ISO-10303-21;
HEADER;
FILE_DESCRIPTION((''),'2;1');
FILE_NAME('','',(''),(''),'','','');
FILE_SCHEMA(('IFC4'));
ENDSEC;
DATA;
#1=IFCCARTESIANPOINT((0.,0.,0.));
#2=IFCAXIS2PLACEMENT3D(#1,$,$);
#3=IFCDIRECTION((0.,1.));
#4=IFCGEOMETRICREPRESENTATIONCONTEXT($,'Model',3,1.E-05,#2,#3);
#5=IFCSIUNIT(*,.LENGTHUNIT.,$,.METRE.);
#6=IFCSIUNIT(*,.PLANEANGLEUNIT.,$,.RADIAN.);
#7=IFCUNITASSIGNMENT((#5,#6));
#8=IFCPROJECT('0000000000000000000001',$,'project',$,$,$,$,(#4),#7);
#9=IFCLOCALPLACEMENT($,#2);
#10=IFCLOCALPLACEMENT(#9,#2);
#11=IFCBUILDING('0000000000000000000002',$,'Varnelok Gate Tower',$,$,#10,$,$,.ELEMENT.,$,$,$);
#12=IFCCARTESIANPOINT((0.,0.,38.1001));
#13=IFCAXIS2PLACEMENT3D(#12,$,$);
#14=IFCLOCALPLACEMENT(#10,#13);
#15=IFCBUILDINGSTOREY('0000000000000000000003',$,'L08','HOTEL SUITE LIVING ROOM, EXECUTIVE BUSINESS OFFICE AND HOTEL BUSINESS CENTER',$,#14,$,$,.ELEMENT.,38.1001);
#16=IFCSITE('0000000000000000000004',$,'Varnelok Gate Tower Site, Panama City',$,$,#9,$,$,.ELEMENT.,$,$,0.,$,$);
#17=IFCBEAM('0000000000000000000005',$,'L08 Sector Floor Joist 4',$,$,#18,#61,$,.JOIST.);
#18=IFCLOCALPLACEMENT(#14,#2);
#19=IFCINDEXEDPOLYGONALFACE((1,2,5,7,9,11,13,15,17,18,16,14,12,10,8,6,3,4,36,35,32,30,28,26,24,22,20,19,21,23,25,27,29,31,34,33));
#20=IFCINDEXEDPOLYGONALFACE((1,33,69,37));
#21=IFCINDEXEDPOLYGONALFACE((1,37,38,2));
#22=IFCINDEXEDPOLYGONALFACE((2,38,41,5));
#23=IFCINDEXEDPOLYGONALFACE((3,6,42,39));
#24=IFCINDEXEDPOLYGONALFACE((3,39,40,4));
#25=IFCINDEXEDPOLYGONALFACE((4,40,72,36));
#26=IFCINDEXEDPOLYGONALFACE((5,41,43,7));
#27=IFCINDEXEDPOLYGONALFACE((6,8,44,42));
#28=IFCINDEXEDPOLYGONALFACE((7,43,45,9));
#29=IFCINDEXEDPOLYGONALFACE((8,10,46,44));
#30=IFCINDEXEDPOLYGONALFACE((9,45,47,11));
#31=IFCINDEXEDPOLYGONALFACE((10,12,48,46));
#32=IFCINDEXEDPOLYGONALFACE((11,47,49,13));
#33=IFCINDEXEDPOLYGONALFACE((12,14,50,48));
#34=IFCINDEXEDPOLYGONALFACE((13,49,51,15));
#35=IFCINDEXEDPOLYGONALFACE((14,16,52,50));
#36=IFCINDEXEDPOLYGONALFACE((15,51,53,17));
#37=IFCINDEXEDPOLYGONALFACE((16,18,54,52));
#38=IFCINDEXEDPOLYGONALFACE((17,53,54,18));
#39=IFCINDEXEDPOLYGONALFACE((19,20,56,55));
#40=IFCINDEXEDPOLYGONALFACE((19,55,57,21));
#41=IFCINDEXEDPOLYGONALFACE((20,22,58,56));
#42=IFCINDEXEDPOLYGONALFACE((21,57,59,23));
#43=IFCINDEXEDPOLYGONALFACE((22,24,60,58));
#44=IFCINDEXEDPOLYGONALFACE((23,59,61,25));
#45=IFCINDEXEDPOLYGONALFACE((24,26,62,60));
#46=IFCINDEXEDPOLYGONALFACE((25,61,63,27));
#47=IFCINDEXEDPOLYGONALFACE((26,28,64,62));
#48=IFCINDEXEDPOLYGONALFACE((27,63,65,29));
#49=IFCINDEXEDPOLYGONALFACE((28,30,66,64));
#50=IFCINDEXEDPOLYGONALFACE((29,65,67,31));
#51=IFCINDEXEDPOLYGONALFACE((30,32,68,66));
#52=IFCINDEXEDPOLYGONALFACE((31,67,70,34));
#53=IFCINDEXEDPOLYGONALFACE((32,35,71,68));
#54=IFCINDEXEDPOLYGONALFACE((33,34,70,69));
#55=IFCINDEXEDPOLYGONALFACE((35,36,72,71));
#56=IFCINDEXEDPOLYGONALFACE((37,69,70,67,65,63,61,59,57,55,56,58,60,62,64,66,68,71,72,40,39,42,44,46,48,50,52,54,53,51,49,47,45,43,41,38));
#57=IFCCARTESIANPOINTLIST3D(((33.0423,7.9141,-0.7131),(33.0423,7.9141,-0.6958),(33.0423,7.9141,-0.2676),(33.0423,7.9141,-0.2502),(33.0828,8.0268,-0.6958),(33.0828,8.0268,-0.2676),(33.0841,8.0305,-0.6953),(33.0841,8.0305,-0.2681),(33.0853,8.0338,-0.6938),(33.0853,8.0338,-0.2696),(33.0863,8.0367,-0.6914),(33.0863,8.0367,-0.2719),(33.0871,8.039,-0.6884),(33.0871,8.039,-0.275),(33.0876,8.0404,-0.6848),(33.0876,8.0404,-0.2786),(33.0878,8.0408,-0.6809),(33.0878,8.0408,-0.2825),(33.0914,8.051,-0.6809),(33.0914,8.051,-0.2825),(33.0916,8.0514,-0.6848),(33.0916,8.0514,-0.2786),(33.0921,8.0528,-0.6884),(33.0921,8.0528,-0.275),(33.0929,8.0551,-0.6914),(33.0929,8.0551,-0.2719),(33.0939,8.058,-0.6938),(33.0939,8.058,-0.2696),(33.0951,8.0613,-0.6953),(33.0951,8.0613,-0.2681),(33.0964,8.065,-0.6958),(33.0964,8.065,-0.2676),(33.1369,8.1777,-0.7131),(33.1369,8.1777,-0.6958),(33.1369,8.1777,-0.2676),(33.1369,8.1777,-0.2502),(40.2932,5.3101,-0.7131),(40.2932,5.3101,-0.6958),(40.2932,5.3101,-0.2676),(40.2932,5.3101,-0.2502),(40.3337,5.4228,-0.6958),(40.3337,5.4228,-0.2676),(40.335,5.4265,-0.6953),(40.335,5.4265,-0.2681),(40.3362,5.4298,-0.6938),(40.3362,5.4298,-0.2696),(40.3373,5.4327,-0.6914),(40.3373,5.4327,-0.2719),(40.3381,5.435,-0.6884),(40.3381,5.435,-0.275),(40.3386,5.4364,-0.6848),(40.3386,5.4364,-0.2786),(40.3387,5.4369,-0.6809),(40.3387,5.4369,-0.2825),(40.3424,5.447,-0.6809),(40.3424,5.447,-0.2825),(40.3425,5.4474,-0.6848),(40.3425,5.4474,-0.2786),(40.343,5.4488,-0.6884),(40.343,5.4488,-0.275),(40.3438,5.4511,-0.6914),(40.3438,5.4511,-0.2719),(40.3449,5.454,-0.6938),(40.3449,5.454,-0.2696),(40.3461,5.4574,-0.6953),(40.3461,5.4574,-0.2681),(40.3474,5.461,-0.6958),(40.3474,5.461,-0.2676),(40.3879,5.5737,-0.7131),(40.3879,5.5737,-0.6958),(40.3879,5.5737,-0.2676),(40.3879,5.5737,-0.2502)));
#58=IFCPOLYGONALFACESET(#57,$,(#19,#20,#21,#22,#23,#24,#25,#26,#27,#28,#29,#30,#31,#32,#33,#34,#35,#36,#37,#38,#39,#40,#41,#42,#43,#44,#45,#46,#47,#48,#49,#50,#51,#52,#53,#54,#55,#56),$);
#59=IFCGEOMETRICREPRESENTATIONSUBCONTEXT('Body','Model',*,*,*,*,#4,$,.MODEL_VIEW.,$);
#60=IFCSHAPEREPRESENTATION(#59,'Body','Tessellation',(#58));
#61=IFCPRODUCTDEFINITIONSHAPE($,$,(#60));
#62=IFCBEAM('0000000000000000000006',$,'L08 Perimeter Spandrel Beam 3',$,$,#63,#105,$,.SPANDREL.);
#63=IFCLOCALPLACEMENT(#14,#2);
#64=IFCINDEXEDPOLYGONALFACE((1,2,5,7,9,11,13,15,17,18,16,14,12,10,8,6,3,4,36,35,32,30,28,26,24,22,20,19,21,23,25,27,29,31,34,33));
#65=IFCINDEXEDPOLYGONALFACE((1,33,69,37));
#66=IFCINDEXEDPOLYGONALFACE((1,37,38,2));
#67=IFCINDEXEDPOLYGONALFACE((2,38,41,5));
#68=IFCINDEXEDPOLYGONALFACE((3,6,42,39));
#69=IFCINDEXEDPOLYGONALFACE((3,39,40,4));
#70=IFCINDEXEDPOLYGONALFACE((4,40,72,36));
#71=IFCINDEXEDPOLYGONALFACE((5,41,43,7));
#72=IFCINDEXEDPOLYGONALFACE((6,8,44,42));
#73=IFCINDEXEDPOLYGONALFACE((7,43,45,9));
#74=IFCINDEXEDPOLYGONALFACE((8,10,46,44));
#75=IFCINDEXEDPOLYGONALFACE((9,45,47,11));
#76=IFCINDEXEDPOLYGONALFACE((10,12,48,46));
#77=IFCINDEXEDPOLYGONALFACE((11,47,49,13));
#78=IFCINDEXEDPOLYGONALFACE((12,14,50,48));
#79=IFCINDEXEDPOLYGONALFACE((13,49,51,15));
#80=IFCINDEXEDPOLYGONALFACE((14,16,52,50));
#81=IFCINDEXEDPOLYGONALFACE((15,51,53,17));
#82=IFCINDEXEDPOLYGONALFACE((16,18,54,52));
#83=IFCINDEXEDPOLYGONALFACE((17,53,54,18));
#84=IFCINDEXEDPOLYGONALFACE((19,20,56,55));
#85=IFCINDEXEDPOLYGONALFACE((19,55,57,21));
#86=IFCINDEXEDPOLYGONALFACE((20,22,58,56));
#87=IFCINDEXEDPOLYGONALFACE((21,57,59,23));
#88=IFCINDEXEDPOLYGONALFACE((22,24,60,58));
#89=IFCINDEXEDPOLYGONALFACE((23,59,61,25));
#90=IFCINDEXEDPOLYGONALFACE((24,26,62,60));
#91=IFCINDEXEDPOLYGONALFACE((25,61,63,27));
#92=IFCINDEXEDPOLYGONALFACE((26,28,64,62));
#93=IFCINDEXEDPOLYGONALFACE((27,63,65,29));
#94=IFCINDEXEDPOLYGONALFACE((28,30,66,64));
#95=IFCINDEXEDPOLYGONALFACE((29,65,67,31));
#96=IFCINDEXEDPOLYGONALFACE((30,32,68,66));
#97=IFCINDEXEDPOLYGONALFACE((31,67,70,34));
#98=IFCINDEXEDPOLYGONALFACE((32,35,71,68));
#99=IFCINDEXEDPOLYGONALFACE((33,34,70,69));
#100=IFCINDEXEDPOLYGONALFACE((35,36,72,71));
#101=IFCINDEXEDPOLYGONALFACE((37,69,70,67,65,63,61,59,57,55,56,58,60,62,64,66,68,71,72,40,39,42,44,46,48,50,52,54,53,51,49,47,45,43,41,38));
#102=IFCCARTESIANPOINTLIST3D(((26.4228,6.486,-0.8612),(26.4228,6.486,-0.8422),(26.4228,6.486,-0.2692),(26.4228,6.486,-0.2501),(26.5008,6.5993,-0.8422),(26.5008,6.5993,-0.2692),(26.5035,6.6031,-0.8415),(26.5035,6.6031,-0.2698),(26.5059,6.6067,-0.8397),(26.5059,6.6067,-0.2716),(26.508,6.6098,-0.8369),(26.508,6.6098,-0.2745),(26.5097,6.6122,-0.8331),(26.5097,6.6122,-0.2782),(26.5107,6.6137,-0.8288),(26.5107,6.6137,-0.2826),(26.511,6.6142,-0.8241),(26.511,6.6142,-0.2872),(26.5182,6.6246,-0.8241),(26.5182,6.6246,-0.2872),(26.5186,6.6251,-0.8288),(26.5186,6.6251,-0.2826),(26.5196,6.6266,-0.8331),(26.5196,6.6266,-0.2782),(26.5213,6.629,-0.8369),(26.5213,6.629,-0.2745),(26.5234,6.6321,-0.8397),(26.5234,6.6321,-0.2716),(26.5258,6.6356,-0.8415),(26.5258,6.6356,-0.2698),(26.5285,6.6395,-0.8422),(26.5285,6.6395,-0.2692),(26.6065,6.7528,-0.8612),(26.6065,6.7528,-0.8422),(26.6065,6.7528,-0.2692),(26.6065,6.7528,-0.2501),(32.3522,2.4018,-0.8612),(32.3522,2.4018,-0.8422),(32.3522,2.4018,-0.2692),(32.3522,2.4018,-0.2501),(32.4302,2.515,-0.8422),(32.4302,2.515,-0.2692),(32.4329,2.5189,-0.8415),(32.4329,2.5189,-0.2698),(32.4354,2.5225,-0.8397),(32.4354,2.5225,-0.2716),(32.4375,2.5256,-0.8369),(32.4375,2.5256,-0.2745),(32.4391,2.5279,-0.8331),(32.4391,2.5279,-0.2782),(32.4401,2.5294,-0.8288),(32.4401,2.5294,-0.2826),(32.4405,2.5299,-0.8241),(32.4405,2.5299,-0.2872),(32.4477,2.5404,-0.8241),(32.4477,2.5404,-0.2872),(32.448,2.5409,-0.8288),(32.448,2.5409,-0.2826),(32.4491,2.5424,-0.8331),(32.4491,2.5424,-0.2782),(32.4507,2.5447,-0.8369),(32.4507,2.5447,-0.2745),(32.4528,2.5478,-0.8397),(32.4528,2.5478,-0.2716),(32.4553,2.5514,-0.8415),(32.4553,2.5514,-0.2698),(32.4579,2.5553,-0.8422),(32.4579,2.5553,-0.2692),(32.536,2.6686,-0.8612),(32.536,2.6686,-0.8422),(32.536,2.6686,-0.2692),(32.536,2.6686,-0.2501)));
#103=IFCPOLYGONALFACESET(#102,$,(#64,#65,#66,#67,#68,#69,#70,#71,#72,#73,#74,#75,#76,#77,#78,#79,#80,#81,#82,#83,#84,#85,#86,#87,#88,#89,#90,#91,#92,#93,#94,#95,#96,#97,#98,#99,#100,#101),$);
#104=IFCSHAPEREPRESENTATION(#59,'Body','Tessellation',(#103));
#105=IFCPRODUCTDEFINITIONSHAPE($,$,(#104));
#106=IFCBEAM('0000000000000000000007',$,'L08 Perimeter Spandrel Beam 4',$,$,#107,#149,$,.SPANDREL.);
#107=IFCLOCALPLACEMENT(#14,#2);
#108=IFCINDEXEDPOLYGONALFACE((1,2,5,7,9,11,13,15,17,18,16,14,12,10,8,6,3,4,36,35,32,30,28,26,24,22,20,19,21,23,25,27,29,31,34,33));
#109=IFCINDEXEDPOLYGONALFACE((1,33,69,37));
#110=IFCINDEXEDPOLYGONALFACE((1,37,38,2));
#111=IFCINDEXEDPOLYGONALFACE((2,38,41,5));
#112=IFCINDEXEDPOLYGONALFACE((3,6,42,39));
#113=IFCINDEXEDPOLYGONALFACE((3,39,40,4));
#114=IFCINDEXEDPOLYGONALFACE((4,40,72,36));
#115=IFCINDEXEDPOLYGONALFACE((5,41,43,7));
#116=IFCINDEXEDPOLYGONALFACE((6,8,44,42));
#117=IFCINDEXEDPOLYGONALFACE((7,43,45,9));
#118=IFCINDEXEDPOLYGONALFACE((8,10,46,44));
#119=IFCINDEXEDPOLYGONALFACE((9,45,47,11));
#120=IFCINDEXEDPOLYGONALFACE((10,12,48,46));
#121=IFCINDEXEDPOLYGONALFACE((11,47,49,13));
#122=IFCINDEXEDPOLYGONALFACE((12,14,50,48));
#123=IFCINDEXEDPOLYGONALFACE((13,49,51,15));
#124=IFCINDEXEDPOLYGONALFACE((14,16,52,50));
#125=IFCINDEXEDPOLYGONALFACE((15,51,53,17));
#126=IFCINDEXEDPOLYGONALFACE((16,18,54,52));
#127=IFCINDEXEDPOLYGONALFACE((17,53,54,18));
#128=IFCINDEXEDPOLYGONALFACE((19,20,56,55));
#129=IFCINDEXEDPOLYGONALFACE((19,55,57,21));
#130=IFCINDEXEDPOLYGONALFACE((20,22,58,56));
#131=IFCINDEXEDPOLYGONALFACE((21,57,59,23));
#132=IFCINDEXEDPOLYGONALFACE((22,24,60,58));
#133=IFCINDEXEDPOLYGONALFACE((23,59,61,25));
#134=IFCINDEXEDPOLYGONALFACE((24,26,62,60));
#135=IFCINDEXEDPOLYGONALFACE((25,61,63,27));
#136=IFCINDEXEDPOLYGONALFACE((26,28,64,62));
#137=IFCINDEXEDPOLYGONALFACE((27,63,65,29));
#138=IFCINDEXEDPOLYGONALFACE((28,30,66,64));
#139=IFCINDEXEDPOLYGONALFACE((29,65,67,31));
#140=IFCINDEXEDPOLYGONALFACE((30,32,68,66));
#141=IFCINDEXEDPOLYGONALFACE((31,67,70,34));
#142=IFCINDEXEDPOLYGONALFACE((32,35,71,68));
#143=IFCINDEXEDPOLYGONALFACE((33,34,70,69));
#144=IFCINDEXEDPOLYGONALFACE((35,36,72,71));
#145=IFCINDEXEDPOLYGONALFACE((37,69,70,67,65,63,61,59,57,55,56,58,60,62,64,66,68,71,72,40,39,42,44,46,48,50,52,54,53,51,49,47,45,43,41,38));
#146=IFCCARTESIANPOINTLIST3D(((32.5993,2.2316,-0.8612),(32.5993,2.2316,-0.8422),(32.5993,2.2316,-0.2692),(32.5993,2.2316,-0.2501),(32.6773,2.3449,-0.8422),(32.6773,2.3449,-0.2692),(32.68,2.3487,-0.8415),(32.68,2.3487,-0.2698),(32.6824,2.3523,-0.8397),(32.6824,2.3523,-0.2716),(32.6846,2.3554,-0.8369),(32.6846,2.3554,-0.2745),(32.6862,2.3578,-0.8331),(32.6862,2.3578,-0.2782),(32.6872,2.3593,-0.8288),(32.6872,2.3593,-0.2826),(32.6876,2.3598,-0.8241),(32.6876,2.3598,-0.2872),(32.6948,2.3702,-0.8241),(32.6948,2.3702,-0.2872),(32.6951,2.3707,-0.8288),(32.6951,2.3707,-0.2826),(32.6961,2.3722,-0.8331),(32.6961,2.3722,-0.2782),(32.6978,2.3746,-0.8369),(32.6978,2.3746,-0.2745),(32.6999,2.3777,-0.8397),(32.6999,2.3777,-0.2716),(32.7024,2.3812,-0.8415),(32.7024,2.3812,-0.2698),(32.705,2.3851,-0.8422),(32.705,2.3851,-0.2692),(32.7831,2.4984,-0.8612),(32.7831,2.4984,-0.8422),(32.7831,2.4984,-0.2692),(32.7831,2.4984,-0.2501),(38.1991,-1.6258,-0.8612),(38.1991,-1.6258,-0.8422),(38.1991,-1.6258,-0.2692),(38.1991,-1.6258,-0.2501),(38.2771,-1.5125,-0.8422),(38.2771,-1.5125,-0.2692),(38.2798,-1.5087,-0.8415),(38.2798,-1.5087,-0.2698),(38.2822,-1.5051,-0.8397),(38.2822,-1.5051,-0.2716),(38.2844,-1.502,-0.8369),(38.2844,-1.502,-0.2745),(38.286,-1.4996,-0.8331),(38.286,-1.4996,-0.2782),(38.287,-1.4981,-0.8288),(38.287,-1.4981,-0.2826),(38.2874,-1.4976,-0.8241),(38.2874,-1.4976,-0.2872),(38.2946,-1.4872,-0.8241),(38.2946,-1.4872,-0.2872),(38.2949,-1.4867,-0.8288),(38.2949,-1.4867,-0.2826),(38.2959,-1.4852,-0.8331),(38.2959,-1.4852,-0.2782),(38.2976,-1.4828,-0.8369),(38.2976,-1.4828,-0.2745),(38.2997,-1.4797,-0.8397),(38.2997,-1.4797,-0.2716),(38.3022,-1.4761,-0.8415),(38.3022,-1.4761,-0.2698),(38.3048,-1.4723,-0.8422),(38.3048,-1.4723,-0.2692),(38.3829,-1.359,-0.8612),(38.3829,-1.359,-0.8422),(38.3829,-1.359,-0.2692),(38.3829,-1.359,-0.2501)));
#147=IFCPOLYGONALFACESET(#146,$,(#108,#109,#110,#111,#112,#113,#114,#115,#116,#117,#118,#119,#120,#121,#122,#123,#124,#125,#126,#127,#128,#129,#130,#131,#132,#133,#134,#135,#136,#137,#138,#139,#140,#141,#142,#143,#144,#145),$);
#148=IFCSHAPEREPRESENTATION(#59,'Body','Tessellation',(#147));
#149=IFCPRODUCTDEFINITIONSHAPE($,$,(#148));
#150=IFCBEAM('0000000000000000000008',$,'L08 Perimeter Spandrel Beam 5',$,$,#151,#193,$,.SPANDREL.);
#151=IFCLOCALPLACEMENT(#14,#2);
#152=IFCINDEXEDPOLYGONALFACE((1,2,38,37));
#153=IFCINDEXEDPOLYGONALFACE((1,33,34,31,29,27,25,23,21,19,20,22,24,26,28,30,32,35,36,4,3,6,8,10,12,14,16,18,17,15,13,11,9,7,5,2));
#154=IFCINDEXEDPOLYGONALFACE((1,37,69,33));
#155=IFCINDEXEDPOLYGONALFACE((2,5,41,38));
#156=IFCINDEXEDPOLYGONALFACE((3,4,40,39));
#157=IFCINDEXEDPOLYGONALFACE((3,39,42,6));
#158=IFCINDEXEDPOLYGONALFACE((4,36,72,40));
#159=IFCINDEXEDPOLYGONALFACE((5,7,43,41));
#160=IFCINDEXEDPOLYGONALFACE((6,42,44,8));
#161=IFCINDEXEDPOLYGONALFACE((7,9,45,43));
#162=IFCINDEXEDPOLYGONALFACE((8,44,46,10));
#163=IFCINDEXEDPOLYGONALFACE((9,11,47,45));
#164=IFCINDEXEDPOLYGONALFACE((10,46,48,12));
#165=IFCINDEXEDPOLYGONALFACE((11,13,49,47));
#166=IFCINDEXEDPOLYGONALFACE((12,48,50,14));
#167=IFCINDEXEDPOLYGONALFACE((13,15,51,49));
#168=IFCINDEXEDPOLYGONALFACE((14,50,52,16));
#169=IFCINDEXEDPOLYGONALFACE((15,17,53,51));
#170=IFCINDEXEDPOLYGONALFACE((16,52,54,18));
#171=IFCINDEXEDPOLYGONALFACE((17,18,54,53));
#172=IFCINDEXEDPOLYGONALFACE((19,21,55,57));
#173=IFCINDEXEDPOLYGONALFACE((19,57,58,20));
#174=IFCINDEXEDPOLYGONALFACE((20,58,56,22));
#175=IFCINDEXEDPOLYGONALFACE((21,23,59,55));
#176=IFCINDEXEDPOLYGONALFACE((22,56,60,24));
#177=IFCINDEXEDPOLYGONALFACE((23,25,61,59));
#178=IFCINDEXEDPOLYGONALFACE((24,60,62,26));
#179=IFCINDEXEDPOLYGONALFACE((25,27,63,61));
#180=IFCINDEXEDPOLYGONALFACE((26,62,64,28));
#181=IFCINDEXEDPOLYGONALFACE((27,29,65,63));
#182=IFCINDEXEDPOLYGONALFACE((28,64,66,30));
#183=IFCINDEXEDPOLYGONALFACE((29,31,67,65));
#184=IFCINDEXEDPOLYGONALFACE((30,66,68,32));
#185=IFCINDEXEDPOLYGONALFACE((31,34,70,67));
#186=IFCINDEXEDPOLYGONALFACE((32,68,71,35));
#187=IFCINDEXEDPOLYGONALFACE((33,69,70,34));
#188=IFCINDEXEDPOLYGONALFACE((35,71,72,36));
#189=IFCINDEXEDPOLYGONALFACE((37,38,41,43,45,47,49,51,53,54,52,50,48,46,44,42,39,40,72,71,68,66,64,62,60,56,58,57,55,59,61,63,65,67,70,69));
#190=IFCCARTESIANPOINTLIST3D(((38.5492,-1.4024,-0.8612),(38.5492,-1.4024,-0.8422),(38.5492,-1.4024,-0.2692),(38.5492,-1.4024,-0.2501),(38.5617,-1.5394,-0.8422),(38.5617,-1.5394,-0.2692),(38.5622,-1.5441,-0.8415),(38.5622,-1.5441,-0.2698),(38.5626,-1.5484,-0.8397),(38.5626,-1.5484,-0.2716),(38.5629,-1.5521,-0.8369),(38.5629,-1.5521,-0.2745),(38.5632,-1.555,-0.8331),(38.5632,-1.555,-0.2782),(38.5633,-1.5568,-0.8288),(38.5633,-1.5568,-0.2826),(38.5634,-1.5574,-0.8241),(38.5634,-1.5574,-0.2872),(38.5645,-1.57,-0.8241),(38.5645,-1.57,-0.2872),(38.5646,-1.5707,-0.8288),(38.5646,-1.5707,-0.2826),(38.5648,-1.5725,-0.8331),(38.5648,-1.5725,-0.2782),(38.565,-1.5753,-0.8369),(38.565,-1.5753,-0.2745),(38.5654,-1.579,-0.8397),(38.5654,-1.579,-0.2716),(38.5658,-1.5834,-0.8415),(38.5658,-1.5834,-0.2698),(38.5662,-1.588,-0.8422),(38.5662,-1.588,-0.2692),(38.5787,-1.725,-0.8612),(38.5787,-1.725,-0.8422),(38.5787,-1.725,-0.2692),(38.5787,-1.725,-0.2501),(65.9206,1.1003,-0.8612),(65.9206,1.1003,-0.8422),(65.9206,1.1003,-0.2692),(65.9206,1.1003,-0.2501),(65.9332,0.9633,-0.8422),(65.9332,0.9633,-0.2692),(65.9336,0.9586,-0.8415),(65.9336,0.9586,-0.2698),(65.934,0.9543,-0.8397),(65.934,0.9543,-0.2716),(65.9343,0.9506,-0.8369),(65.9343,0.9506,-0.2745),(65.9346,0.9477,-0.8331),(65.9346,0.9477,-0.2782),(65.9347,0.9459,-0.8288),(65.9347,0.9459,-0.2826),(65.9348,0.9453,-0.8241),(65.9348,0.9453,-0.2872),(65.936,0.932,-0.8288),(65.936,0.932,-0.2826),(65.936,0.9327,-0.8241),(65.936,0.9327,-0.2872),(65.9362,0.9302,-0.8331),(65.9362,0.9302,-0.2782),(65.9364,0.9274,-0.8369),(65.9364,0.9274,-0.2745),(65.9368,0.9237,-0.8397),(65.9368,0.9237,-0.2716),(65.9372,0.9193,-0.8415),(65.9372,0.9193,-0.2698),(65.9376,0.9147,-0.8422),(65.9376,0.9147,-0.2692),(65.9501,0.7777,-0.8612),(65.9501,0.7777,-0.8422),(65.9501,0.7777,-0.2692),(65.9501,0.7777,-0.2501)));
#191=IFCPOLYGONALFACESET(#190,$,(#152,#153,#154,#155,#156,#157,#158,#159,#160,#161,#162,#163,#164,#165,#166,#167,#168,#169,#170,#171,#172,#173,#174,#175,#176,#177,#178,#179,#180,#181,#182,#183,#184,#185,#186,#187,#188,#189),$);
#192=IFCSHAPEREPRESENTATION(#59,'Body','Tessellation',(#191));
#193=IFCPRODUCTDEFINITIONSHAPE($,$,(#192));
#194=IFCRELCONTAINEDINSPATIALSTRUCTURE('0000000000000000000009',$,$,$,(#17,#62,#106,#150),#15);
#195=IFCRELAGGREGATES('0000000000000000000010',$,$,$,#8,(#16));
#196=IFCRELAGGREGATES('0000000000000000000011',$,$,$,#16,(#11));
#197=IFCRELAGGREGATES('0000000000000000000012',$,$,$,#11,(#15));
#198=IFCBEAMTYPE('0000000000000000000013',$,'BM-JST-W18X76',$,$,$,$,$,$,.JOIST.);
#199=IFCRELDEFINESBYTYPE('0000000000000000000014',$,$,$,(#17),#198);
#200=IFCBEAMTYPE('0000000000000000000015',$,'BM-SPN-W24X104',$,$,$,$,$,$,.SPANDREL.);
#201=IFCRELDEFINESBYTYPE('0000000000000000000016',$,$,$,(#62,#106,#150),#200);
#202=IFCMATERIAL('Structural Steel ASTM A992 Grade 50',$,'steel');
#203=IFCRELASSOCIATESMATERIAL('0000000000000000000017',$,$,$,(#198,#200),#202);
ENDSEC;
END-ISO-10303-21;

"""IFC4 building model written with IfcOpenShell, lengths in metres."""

from ifc_helpers import new_model, si_unit, direction, frame, origin, origin_2d, place, context, subcontext, project, spatial, i_section, extrude, material, material_profile, profile_set, type_object, element, save


model = new_model("IFC4")

# Units and contexts
model_context = context("Model", 3, precision=1e-05, world=origin(), true_north=direction((0.0, 1.0)))
body_context = subcontext(model_context, "Body", "Model", "MODEL_VIEW")
ifc_project = project(units=[si_unit("LENGTHUNIT", "METRE"), si_unit("PLANEANGLEUNIT", "RADIAN")], contexts=[model_context])

# Site, building, storey
site_placement = place(None, origin())
site = spatial("IfcSite", under=ifc_project, at=site_placement, Name="Varnelok Gate Tower Site, Panama City", CompositionType="ELEMENT", RefElevation=0.0)
building_placement = place(site_placement, origin())
building = spatial("IfcBuilding", under=site, at=building_placement, Name="Varnelok Gate Tower", CompositionType="ELEMENT")
storey_placement = place(building_placement, frame((0.0, 0.0, 38.1001)))
storey = spatial("IfcBuildingStorey", under=building, at=storey_placement, Name="L08", Description="HOTEL SUITE LIVING ROOM, EXECUTIVE BUSINESS OFFICE AND HOTEL BUSINESS CENTER", CompositionType="ELEMENT", Elevation=38.1001)

# Shared definitions
ifc_material_1 = material(Name="Structural Steel ASTM A992 Grade 50", Category="steel")

# Beams
ifc_material_profile_1 = material_profile(ifc_material_1, i_section(OverallWidth=0.28, OverallDepth=0.4629, WebThickness=0.0107, FlangeThickness=0.0173, FilletRadius=0.0149, at=origin_2d()), Name="W18X76")
ifc_profile_set_1 = profile_set([ifc_material_profile_1], Name="Structural Steel ASTM A992 Grade 50")
beam_type_1 = type_object("IfcBeamType", Name="BM-JST-W18X76", PredefinedType="JOIST", material=ifc_profile_set_1)
beam_1_placement = place(storey_placement, frame((33.0896, 8.0459, -0.4817), z_axis=(0.94115, -0.33799, 0.0), x_axis=(0.33799, 0.94115, 0.0)))
element("IfcBeam", 1, at=beam_1_placement, inside=storey, type_object=beam_type_1, Name="L08 Sector Floor Joist 4", PredefinedType="JOIST", context=body_context, shape_type="SweptSolid", body=[
    extrude(i_section(OverallWidth=0.28, OverallDepth=0.4629, WebThickness=0.0107, FlangeThickness=0.0173, FilletRadius=0.0149, at=origin_2d()), origin(), (0.0, 0.0, 1.0), 7.7043),
])
ifc_material_profile_2 = material_profile(ifc_material_1, i_section(OverallWidth=0.324, OverallDepth=0.6111, WebThickness=0.0127, FlangeThickness=0.019, FilletRadius=0.0181, at=origin_2d()), Name="W24X104")
ifc_profile_set_2 = profile_set([ifc_material_profile_2], Name="Structural Steel ASTM A992 Grade 50")
beam_type_2 = type_object("IfcBeamType", Name="BM-SPN-W24X104", PredefinedType="SPANDREL", material=ifc_profile_set_2)
beam_2_placement = place(storey_placement, frame((26.5146, 6.6194, -0.5557), z_axis=(0.82354, -0.567258, 0.0), x_axis=(0.567258, 0.82354, 0.0)))
element("IfcBeam", 2, at=beam_2_placement, inside=storey, type_object=beam_type_2, Name="L08 Perimeter Spandrel Beam 3", PredefinedType="SPANDREL", context=body_context, shape_type="SweptSolid", body=[
    extrude(i_section(OverallWidth=0.324, OverallDepth=0.6111, WebThickness=0.0127, FlangeThickness=0.019, FilletRadius=0.0181, at=origin_2d()), origin(), (0.0, 0.0, 1.0), 7.2),
])
beam_3_placement = place(storey_placement, frame((32.6912, 2.365, -0.5557), z_axis=(0.823525, -0.56728, 0.0), x_axis=(0.56728, 0.823525, 0.0)))
element("IfcBeam", 3, at=beam_3_placement, inside=storey, type_object=beam_type_2, Name="L08 Perimeter Spandrel Beam 4", PredefinedType="SPANDREL", context=body_context, shape_type="SweptSolid", body=[
    extrude(i_section(OverallWidth=0.324, OverallDepth=0.6111, WebThickness=0.0127, FlangeThickness=0.019, FilletRadius=0.0181, at=origin_2d()), origin(), (0.0, 0.0, 1.0), 6.7998),
])
beam_4_placement = place(storey_placement, frame((38.564, -1.5637, -0.5557), z_axis=(0.995846, 0.091055, 0.0), x_axis=(-0.091055, 0.995846, 0.0)))
element("IfcBeam", 4, at=beam_4_placement, inside=storey, type_object=beam_type_2, Name="L08 Perimeter Spandrel Beam 5", PredefinedType="SPANDREL", context=body_context, shape_type="SweptSolid", body=[
    extrude(i_section(OverallWidth=0.324, OverallDepth=0.6111, WebThickness=0.0127, FlangeThickness=0.019, FilletRadius=0.0181, at=origin_2d()), origin(), (0.0, 0.0, 1.0), 27.4856),
])

save(model, "model.ifc")
